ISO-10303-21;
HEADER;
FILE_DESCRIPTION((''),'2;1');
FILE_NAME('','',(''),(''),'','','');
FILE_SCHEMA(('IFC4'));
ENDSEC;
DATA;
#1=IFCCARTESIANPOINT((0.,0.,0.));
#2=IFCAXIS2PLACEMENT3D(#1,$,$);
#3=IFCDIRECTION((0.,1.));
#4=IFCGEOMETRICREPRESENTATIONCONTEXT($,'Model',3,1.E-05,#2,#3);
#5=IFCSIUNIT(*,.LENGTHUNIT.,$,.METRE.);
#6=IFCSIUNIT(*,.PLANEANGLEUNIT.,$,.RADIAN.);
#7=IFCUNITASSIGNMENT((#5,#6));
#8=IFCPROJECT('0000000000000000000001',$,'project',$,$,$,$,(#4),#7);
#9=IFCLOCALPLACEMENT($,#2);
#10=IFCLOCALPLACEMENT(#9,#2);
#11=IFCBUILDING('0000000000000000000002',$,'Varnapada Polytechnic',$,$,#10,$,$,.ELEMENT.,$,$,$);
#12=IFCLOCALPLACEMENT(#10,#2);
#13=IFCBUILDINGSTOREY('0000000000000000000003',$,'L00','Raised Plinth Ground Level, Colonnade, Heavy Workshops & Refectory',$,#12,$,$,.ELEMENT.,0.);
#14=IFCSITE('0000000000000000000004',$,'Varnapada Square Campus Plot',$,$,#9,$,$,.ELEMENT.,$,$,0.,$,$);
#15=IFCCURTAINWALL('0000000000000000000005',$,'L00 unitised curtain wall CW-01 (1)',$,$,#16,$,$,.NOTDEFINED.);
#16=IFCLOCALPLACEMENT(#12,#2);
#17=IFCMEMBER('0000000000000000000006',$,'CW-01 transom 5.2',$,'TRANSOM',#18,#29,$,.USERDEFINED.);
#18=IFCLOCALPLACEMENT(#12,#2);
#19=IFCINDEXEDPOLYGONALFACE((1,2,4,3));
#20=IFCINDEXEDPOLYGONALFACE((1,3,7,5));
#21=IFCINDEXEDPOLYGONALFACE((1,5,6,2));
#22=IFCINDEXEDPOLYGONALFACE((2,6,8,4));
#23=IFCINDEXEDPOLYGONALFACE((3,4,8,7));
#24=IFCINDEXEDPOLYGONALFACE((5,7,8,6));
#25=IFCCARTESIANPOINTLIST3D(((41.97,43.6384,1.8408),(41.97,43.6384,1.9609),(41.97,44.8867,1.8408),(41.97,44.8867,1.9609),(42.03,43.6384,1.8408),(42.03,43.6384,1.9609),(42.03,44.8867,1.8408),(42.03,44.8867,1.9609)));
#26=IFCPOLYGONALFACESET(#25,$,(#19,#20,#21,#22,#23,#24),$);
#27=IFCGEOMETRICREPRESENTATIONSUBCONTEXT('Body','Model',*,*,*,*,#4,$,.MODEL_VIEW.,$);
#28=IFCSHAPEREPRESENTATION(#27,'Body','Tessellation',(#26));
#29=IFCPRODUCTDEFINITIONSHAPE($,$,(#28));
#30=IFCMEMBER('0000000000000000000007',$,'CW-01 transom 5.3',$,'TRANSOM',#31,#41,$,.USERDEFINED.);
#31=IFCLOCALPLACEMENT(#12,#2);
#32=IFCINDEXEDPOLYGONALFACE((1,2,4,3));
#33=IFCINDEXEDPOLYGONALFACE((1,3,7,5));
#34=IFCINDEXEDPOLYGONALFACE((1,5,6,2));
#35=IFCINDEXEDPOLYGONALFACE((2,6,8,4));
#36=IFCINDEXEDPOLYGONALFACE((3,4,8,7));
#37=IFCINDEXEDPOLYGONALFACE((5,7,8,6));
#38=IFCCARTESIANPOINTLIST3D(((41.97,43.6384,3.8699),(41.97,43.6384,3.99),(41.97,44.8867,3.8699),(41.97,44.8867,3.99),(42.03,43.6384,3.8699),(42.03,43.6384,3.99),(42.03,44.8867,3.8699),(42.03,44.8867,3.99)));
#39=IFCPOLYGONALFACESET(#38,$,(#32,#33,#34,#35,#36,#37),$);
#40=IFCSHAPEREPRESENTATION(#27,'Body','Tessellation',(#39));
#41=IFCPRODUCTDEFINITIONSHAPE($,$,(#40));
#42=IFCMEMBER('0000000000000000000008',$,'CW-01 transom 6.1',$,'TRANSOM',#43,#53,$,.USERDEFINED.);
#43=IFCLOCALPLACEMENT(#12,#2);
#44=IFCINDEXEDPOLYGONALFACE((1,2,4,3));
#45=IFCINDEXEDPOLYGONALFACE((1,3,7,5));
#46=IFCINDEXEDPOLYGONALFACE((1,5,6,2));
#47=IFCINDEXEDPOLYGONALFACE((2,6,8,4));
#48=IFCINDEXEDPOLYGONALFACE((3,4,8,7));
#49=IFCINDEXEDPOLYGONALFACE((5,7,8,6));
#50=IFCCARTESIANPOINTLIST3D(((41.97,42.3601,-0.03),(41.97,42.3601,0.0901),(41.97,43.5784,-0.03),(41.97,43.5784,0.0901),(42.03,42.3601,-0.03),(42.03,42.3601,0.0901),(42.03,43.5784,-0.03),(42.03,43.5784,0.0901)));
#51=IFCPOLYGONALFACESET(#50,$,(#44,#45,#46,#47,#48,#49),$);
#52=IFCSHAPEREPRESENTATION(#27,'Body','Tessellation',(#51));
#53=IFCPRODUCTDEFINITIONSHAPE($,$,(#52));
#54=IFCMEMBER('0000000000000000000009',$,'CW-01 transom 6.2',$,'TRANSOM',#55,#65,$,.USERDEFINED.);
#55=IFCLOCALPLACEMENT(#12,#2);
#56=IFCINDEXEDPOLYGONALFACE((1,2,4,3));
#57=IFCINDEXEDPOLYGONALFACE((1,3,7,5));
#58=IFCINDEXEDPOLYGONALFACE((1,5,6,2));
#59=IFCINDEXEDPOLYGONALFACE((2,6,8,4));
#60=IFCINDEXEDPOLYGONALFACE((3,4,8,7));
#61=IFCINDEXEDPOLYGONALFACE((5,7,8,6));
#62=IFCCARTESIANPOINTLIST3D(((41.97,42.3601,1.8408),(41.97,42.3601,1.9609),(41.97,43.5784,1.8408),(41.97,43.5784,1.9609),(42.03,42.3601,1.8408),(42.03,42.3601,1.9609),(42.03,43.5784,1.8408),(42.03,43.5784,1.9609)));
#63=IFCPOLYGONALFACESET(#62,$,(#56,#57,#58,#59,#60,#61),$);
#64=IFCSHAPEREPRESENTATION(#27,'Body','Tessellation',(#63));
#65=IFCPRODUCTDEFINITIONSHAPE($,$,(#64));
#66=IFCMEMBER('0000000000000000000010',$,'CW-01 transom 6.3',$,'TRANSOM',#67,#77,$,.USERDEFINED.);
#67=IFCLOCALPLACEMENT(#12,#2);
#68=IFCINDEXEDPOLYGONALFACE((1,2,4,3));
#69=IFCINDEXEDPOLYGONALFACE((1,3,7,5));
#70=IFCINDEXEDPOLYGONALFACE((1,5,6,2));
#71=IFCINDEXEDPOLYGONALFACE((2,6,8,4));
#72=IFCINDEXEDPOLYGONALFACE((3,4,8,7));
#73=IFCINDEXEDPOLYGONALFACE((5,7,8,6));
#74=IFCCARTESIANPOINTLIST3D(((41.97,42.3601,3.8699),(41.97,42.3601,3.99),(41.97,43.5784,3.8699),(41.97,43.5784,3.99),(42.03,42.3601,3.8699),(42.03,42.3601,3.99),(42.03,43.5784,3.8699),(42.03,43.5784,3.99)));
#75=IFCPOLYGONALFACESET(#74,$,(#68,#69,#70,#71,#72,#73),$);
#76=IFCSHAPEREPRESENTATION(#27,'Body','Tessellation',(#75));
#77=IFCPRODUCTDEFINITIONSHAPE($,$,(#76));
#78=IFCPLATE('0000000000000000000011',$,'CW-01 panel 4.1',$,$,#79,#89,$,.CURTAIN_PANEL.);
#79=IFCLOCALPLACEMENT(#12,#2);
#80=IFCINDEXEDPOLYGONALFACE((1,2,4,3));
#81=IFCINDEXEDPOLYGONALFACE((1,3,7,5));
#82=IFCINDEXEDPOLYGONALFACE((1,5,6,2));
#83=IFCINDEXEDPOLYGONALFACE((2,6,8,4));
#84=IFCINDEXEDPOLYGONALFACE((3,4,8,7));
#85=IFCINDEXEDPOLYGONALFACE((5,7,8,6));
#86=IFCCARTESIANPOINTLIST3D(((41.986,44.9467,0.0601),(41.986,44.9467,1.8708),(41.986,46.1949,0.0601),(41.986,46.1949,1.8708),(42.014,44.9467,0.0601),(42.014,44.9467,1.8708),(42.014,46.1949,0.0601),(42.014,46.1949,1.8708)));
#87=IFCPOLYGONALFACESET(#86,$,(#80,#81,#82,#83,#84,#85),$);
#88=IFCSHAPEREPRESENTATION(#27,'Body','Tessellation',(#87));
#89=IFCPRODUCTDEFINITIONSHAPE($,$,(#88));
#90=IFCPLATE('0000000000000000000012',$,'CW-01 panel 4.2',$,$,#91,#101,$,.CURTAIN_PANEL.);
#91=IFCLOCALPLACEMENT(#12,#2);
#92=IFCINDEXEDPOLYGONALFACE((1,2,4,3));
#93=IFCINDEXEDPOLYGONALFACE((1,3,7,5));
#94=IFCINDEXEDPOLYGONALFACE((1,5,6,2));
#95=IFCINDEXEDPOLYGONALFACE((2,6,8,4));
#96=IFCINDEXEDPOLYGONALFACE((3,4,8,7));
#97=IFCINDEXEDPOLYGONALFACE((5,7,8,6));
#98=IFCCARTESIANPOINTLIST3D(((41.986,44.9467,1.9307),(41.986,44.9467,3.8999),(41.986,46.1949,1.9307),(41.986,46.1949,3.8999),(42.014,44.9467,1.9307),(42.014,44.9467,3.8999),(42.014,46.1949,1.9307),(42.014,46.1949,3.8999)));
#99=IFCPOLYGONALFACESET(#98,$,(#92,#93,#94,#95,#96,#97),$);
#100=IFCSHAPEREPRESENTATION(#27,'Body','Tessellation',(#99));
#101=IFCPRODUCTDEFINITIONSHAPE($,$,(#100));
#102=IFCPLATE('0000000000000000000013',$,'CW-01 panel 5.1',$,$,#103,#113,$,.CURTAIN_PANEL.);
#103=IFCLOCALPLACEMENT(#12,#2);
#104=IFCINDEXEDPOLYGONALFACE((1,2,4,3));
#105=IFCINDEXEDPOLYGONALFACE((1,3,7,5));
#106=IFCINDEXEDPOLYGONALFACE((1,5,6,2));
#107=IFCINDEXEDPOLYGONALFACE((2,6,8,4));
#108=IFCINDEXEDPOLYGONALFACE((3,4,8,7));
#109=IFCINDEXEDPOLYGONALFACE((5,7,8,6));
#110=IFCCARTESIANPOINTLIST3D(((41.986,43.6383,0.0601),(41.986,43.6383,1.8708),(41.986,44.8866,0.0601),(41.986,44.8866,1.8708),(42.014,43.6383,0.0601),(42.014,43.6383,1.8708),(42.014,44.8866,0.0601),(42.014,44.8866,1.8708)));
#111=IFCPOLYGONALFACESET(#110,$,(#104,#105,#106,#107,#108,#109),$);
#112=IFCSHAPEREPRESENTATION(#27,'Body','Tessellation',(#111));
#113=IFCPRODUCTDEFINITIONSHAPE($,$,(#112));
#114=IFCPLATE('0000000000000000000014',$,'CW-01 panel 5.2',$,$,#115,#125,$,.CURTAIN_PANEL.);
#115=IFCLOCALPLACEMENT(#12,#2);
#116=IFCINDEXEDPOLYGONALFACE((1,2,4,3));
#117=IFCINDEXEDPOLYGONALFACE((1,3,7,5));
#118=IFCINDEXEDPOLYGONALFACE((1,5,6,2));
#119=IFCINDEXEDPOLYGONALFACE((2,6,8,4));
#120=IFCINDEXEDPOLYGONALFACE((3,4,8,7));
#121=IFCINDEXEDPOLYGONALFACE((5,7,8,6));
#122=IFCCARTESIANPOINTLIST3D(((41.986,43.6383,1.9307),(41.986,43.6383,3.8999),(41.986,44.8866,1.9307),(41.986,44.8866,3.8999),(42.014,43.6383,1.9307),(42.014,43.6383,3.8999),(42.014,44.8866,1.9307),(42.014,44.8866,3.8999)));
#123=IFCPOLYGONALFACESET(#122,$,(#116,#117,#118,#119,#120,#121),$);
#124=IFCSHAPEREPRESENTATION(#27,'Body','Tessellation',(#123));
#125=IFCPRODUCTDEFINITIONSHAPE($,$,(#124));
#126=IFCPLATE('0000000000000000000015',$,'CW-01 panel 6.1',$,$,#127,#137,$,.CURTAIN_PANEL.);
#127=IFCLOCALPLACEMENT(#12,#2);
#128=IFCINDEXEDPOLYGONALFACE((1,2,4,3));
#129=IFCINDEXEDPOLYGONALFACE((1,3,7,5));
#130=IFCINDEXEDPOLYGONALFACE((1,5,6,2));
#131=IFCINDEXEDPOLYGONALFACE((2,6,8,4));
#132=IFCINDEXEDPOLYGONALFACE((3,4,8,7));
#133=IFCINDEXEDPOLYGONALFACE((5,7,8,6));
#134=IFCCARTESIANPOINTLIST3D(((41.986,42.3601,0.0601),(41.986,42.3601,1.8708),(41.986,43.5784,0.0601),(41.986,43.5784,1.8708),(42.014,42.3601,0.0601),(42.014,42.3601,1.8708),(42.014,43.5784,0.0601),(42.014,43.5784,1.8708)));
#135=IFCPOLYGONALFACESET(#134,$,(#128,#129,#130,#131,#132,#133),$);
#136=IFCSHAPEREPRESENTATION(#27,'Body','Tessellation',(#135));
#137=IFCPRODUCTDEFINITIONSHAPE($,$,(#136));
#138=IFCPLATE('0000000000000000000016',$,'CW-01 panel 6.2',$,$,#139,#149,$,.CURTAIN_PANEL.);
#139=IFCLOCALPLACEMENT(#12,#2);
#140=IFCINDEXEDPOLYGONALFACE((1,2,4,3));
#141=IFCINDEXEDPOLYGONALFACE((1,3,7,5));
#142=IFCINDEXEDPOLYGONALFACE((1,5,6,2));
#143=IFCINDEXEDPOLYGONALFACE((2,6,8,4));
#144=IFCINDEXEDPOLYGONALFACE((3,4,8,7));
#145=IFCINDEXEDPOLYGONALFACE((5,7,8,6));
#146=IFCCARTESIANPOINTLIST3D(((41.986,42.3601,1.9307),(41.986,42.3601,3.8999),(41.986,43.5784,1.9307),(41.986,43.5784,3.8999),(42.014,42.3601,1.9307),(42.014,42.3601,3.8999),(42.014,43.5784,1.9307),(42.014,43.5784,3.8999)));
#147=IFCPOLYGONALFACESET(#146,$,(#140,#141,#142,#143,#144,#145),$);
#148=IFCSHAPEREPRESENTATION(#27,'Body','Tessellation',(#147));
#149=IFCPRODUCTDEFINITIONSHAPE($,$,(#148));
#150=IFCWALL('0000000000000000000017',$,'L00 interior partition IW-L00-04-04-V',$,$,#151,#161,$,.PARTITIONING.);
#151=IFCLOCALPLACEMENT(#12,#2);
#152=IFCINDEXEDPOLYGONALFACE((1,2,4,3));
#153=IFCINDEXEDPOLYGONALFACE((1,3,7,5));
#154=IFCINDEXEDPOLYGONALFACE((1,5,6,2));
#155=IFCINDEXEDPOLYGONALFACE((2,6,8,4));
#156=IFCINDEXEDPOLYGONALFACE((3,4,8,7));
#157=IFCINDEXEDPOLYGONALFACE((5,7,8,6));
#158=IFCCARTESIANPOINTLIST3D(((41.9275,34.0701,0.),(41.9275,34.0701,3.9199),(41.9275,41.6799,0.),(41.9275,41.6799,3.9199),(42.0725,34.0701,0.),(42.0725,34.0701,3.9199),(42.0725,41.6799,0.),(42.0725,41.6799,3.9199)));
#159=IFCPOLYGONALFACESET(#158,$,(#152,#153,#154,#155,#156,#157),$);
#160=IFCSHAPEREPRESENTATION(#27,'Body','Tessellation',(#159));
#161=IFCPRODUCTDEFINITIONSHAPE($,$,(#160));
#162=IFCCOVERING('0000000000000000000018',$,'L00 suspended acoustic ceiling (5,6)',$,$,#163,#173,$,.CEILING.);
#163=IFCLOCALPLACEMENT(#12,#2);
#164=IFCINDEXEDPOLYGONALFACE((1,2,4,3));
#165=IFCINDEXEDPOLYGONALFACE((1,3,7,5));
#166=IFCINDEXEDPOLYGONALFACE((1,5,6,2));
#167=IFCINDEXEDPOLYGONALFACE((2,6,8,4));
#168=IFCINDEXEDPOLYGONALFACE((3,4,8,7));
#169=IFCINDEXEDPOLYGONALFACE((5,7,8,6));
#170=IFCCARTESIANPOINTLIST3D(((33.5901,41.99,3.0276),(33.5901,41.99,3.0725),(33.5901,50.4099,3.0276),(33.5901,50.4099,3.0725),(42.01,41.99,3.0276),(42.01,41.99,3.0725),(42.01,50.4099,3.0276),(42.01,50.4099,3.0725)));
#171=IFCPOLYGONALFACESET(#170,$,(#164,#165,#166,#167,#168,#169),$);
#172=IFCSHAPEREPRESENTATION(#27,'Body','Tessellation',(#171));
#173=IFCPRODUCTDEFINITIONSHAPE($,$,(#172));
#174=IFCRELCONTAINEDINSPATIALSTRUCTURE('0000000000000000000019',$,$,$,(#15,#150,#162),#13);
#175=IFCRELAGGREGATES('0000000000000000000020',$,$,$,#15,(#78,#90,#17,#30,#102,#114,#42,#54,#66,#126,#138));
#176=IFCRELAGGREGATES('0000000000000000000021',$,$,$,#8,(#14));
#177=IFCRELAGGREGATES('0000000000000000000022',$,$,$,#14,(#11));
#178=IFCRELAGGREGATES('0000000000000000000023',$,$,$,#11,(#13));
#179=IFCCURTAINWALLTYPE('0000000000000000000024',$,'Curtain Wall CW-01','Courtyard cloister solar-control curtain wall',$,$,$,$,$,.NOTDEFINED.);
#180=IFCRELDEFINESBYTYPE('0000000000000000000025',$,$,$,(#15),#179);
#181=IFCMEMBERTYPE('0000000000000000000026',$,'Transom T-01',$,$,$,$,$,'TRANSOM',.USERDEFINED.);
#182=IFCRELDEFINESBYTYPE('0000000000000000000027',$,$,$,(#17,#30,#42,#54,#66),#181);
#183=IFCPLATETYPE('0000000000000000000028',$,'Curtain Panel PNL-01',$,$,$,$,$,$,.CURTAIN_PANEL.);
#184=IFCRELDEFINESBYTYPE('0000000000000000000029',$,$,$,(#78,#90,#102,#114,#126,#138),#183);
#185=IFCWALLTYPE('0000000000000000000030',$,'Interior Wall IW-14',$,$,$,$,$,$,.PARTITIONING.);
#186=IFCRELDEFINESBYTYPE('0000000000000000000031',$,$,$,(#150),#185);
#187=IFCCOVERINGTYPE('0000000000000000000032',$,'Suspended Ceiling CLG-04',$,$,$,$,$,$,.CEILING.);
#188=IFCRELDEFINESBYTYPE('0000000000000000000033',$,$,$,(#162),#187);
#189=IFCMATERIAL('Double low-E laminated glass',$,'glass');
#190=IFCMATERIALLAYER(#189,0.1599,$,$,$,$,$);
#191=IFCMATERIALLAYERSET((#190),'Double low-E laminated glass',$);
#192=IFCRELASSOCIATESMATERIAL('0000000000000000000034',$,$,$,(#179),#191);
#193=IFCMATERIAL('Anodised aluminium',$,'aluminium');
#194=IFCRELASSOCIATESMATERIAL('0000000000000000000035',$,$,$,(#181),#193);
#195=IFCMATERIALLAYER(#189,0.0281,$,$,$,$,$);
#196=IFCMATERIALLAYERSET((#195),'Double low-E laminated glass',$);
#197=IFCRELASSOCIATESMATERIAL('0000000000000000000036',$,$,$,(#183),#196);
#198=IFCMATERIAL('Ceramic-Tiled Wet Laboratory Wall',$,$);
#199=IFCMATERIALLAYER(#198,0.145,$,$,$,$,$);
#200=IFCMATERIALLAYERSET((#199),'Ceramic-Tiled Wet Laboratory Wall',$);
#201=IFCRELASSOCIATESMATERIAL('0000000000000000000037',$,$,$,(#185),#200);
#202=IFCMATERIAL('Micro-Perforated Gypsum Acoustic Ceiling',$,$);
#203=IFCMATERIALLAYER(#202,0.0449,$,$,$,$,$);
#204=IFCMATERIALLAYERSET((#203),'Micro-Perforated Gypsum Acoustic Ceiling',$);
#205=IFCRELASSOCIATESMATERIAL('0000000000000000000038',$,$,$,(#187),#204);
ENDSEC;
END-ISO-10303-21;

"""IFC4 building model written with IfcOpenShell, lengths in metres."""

from ifc_helpers import new_model, si_unit, direction, frame, frame_2d, origin, origin_2d, place, context, subcontext, project, spatial, rectangle, extrude, material, layer, layer_set, material_profile, profile_set, type_object, element, aggregate, save


model = new_model("IFC4")

# Units and contexts
model_context = context("Model", 3, precision=1e-05, world=origin(), true_north=direction((0.0, 1.0)))
body_context = subcontext(model_context, "Body", "Model", "MODEL_VIEW")
ifc_project = project(units=[si_unit("LENGTHUNIT", "METRE"), si_unit("PLANEANGLEUNIT", "RADIAN")], contexts=[model_context])

# Site, building, storey
site_placement = place(None, origin())
site = spatial("IfcSite", under=ifc_project, at=site_placement, Name="Varnapada Square Campus Plot", CompositionType="ELEMENT", RefElevation=0.0)
building_placement = place(site_placement, origin())
building = spatial("IfcBuilding", under=site, at=building_placement, Name="Varnapada Polytechnic", CompositionType="ELEMENT")
storey_placement = place(building_placement, origin())
storey = spatial("IfcBuildingStorey", under=building, at=storey_placement, Name="L00", Description="Raised Plinth Ground Level, Colonnade, Heavy Workshops & Refectory", CompositionType="ELEMENT", Elevation=0.0)

# Curtain wall
ifc_material_1 = material(Name="Double low-E laminated glass", Category="glass")
ifc_layer_1 = layer(ifc_material_1, 0.1599)
ifc_layer_set_1 = layer_set([ifc_layer_1], Name="Double low-E laminated glass")
curtain_wall_type = type_object("IfcCurtainWallType", Name="Curtain Wall CW-01", Description="Courtyard cloister solar-control curtain wall", PredefinedType="NOTDEFINED", material=ifc_layer_set_1)
curtain_wall_placement = place(storey_placement, origin())
curtain_wall = element("IfcCurtainWall", 1, at=curtain_wall_placement, inside=storey, type_object=curtain_wall_type, Name="L00 unitised curtain wall CW-01 (1)", PredefinedType="NOTDEFINED")
ifc_material_2 = material(Name="Anodised aluminium", Category="aluminium")

# Members
ifc_material_profile_1 = material_profile(ifc_material_2, rectangle(XDim=0.0601, YDim=0.1201, at=origin_2d()), Name="ALU T60x120")
ifc_profile_set_1 = profile_set([ifc_material_profile_1], Name="Anodised aluminium")
member_type_1 = type_object("IfcMemberType", Name="Transom T-01", ElementType="TRANSOM", PredefinedType="USERDEFINED", material=ifc_profile_set_1)
member_1_placement = place(storey_placement, frame((42.0, 44.8867, 1.9009), z_axis=(0.0, -1.0, 0.0), x_axis=(1.0, 0.0, 0.0)))
member_1 = element("IfcMember", 2, at=member_1_placement, type_object=member_type_1, Name="CW-01 transom 5.2", ObjectType="TRANSOM", PredefinedType="USERDEFINED", context=body_context, shape_type="SweptSolid", body=[
    extrude(rectangle(XDim=0.0601, YDim=0.1201, at=origin_2d()), origin(), (0.0, 0.0, 1.0), 1.2483),
])
member_2_placement = place(storey_placement, frame((42.0, 44.8867, 3.9299), z_axis=(0.0, -1.0, 0.0), x_axis=(1.0, 0.0, 0.0)))
member_2 = element("IfcMember", 3, at=member_2_placement, type_object=member_type_1, Name="CW-01 transom 5.3", ObjectType="TRANSOM", PredefinedType="USERDEFINED", context=body_context, shape_type="SweptSolid", body=[
    extrude(rectangle(XDim=0.0601, YDim=0.1201, at=origin_2d()), origin(), (0.0, 0.0, 1.0), 1.2483),
])
member_3_placement = place(storey_placement, frame((42.0, 43.5784, 0.03), z_axis=(0.0, -1.0, 0.0), x_axis=(1.0, 0.0, 0.0)))
member_3 = element("IfcMember", 4, at=member_3_placement, type_object=member_type_1, Name="CW-01 transom 6.1", ObjectType="TRANSOM", PredefinedType="USERDEFINED", context=body_context, shape_type="SweptSolid", body=[
    extrude(rectangle(XDim=0.0601, YDim=0.1201, at=origin_2d()), origin(), (0.0, 0.0, 1.0), 1.2183),
])
member_4_placement = place(storey_placement, frame((42.0, 43.5784, 1.9009), z_axis=(0.0, -1.0, 0.0), x_axis=(1.0, 0.0, 0.0)))
member_4 = element("IfcMember", 5, at=member_4_placement, type_object=member_type_1, Name="CW-01 transom 6.2", ObjectType="TRANSOM", PredefinedType="USERDEFINED", context=body_context, shape_type="SweptSolid", body=[
    extrude(rectangle(XDim=0.0601, YDim=0.1201, at=origin_2d()), origin(), (0.0, 0.0, 1.0), 1.2183),
])
member_5_placement = place(storey_placement, frame((42.0, 43.5784, 3.9299), z_axis=(0.0, -1.0, 0.0), x_axis=(1.0, 0.0, 0.0)))
member_5 = element("IfcMember", 6, at=member_5_placement, type_object=member_type_1, Name="CW-01 transom 6.3", ObjectType="TRANSOM", PredefinedType="USERDEFINED", context=body_context, shape_type="SweptSolid", body=[
    extrude(rectangle(XDim=0.0601, YDim=0.1201, at=origin_2d()), origin(), (0.0, 0.0, 1.0), 1.2183),
])

# Plates
ifc_layer_2 = layer(ifc_material_1, 0.0281)
ifc_layer_set_2 = layer_set([ifc_layer_2], Name="Double low-E laminated glass")
plate_type = type_object("IfcPlateType", Name="Curtain Panel PNL-01", PredefinedType="CURTAIN_PANEL", material=ifc_layer_set_2)
plate_1_placement = place(storey_placement, frame((42.0, 45.5708, 0.0601), z_axis=(0.0, 0.0, 1.0), x_axis=(0.0, -1.0, 0.0)))
plate_1 = element("IfcPlate", 7, at=plate_1_placement, type_object=plate_type, Name="CW-01 panel 4.1", PredefinedType="CURTAIN_PANEL", context=body_context, shape_type="SweptSolid", body=[
    extrude(rectangle(XDim=1.2483, YDim=0.0281, at=origin_2d()), origin(), (0.0, 0.0, 1.0), 1.8108),
])
plate_2_placement = place(storey_placement, frame((42.0, 45.5708, 1.9307), z_axis=(0.0, 0.0, 1.0), x_axis=(0.0, -1.0, 0.0)))
plate_2 = element("IfcPlate", 8, at=plate_2_placement, type_object=plate_type, Name="CW-01 panel 4.2", PredefinedType="CURTAIN_PANEL", context=body_context, shape_type="SweptSolid", body=[
    extrude(rectangle(XDim=1.2483, YDim=0.0281, at=origin_2d()), origin(), (0.0, 0.0, 1.0), 1.9692),
])
plate_3_placement = place(storey_placement, frame((42.0, 44.2625, 0.0601), z_axis=(0.0, 0.0, 1.0), x_axis=(0.0, -1.0, 0.0)))
plate_3 = element("IfcPlate", 9, at=plate_3_placement, type_object=plate_type, Name="CW-01 panel 5.1", PredefinedType="CURTAIN_PANEL", context=body_context, shape_type="SweptSolid", body=[
    extrude(rectangle(XDim=1.2483, YDim=0.0281, at=origin_2d()), origin(), (0.0, 0.0, 1.0), 1.8108),
])
plate_4_placement = place(storey_placement, frame((42.0, 44.2625, 1.9307), z_axis=(0.0, 0.0, 1.0), x_axis=(0.0, -1.0, 0.0)))
plate_4 = element("IfcPlate", 10, at=plate_4_placement, type_object=plate_type, Name="CW-01 panel 5.2", PredefinedType="CURTAIN_PANEL", context=body_context, shape_type="SweptSolid", body=[
    extrude(rectangle(XDim=1.2483, YDim=0.0281, at=origin_2d()), origin(), (0.0, 0.0, 1.0), 1.9692),
])
plate_5_placement = place(storey_placement, frame((42.0, 42.9692, 0.0601), z_axis=(0.0, 0.0, 1.0), x_axis=(0.0, -1.0, 0.0)))
plate_5 = element("IfcPlate", 11, at=plate_5_placement, type_object=plate_type, Name="CW-01 panel 6.1", PredefinedType="CURTAIN_PANEL", context=body_context, shape_type="SweptSolid", body=[
    extrude(rectangle(XDim=1.2183, YDim=0.0281, at=origin_2d()), origin(), (0.0, 0.0, 1.0), 1.8108),
])
plate_6_placement = place(storey_placement, frame((42.0, 42.9692, 1.9307), z_axis=(0.0, 0.0, 1.0), x_axis=(0.0, -1.0, 0.0)))
plate_6 = element("IfcPlate", 12, at=plate_6_placement, type_object=plate_type, Name="CW-01 panel 6.2", PredefinedType="CURTAIN_PANEL", context=body_context, shape_type="SweptSolid", body=[
    extrude(rectangle(XDim=1.2183, YDim=0.0281, at=origin_2d()), origin(), (0.0, 0.0, 1.0), 1.9692),
])
aggregate(curtain_wall, [plate_1, plate_2, member_1, member_2, plate_3, plate_4, member_3, member_4, member_5, plate_5, plate_6])

# Wall
ifc_material_3 = material(Name="Ceramic-Tiled Wet Laboratory Wall")
ifc_layer_3 = layer(ifc_material_3, 0.145)
ifc_layer_set_3 = layer_set([ifc_layer_3], Name="Ceramic-Tiled Wet Laboratory Wall")
wall_type = type_object("IfcWallType", Name="Interior Wall IW-14", PredefinedType="PARTITIONING", material=ifc_layer_set_3)
wall_placement = place(storey_placement, frame((42.0, 34.0701, 0.0), z_axis=(0.0, 0.0, 1.0), x_axis=(0.0, 1.0, 0.0)))
element("IfcWall", 13, at=wall_placement, inside=storey, type_object=wall_type, Name="L00 interior partition IW-L00-04-04-V", PredefinedType="PARTITIONING", context=body_context, shape_type="SweptSolid", body=[
    extrude(rectangle(XDim=7.6099, YDim=0.145, at=frame_2d((3.8049, 0.0))), origin(), (0.0, 0.0, 1.0), 3.9199),
])

# Covering
ifc_material_4 = material(Name="Micro-Perforated Gypsum Acoustic Ceiling")
ifc_layer_4 = layer(ifc_material_4, 0.0449)
ifc_layer_set_4 = layer_set([ifc_layer_4], Name="Micro-Perforated Gypsum Acoustic Ceiling")
covering_type = type_object("IfcCoveringType", Name="Suspended Ceiling CLG-04", PredefinedType="CEILING", material=ifc_layer_set_4)
covering_placement = place(storey_placement, frame((37.8, 46.2, 3.0276), z_axis=(0.0, 0.0, 1.0), x_axis=(1.0, 0.0, 0.0)))
element("IfcCovering", 14, at=covering_placement, inside=storey, type_object=covering_type, Name="L00 suspended acoustic ceiling (5,6)", PredefinedType="CEILING", context=body_context, shape_type="SweptSolid", body=[
    extrude(rectangle(XDim=8.4199, YDim=8.4199, at=origin_2d()), origin(), (0.0, 0.0, 1.0), 0.0449),
])

save(model, "model.ifc")
